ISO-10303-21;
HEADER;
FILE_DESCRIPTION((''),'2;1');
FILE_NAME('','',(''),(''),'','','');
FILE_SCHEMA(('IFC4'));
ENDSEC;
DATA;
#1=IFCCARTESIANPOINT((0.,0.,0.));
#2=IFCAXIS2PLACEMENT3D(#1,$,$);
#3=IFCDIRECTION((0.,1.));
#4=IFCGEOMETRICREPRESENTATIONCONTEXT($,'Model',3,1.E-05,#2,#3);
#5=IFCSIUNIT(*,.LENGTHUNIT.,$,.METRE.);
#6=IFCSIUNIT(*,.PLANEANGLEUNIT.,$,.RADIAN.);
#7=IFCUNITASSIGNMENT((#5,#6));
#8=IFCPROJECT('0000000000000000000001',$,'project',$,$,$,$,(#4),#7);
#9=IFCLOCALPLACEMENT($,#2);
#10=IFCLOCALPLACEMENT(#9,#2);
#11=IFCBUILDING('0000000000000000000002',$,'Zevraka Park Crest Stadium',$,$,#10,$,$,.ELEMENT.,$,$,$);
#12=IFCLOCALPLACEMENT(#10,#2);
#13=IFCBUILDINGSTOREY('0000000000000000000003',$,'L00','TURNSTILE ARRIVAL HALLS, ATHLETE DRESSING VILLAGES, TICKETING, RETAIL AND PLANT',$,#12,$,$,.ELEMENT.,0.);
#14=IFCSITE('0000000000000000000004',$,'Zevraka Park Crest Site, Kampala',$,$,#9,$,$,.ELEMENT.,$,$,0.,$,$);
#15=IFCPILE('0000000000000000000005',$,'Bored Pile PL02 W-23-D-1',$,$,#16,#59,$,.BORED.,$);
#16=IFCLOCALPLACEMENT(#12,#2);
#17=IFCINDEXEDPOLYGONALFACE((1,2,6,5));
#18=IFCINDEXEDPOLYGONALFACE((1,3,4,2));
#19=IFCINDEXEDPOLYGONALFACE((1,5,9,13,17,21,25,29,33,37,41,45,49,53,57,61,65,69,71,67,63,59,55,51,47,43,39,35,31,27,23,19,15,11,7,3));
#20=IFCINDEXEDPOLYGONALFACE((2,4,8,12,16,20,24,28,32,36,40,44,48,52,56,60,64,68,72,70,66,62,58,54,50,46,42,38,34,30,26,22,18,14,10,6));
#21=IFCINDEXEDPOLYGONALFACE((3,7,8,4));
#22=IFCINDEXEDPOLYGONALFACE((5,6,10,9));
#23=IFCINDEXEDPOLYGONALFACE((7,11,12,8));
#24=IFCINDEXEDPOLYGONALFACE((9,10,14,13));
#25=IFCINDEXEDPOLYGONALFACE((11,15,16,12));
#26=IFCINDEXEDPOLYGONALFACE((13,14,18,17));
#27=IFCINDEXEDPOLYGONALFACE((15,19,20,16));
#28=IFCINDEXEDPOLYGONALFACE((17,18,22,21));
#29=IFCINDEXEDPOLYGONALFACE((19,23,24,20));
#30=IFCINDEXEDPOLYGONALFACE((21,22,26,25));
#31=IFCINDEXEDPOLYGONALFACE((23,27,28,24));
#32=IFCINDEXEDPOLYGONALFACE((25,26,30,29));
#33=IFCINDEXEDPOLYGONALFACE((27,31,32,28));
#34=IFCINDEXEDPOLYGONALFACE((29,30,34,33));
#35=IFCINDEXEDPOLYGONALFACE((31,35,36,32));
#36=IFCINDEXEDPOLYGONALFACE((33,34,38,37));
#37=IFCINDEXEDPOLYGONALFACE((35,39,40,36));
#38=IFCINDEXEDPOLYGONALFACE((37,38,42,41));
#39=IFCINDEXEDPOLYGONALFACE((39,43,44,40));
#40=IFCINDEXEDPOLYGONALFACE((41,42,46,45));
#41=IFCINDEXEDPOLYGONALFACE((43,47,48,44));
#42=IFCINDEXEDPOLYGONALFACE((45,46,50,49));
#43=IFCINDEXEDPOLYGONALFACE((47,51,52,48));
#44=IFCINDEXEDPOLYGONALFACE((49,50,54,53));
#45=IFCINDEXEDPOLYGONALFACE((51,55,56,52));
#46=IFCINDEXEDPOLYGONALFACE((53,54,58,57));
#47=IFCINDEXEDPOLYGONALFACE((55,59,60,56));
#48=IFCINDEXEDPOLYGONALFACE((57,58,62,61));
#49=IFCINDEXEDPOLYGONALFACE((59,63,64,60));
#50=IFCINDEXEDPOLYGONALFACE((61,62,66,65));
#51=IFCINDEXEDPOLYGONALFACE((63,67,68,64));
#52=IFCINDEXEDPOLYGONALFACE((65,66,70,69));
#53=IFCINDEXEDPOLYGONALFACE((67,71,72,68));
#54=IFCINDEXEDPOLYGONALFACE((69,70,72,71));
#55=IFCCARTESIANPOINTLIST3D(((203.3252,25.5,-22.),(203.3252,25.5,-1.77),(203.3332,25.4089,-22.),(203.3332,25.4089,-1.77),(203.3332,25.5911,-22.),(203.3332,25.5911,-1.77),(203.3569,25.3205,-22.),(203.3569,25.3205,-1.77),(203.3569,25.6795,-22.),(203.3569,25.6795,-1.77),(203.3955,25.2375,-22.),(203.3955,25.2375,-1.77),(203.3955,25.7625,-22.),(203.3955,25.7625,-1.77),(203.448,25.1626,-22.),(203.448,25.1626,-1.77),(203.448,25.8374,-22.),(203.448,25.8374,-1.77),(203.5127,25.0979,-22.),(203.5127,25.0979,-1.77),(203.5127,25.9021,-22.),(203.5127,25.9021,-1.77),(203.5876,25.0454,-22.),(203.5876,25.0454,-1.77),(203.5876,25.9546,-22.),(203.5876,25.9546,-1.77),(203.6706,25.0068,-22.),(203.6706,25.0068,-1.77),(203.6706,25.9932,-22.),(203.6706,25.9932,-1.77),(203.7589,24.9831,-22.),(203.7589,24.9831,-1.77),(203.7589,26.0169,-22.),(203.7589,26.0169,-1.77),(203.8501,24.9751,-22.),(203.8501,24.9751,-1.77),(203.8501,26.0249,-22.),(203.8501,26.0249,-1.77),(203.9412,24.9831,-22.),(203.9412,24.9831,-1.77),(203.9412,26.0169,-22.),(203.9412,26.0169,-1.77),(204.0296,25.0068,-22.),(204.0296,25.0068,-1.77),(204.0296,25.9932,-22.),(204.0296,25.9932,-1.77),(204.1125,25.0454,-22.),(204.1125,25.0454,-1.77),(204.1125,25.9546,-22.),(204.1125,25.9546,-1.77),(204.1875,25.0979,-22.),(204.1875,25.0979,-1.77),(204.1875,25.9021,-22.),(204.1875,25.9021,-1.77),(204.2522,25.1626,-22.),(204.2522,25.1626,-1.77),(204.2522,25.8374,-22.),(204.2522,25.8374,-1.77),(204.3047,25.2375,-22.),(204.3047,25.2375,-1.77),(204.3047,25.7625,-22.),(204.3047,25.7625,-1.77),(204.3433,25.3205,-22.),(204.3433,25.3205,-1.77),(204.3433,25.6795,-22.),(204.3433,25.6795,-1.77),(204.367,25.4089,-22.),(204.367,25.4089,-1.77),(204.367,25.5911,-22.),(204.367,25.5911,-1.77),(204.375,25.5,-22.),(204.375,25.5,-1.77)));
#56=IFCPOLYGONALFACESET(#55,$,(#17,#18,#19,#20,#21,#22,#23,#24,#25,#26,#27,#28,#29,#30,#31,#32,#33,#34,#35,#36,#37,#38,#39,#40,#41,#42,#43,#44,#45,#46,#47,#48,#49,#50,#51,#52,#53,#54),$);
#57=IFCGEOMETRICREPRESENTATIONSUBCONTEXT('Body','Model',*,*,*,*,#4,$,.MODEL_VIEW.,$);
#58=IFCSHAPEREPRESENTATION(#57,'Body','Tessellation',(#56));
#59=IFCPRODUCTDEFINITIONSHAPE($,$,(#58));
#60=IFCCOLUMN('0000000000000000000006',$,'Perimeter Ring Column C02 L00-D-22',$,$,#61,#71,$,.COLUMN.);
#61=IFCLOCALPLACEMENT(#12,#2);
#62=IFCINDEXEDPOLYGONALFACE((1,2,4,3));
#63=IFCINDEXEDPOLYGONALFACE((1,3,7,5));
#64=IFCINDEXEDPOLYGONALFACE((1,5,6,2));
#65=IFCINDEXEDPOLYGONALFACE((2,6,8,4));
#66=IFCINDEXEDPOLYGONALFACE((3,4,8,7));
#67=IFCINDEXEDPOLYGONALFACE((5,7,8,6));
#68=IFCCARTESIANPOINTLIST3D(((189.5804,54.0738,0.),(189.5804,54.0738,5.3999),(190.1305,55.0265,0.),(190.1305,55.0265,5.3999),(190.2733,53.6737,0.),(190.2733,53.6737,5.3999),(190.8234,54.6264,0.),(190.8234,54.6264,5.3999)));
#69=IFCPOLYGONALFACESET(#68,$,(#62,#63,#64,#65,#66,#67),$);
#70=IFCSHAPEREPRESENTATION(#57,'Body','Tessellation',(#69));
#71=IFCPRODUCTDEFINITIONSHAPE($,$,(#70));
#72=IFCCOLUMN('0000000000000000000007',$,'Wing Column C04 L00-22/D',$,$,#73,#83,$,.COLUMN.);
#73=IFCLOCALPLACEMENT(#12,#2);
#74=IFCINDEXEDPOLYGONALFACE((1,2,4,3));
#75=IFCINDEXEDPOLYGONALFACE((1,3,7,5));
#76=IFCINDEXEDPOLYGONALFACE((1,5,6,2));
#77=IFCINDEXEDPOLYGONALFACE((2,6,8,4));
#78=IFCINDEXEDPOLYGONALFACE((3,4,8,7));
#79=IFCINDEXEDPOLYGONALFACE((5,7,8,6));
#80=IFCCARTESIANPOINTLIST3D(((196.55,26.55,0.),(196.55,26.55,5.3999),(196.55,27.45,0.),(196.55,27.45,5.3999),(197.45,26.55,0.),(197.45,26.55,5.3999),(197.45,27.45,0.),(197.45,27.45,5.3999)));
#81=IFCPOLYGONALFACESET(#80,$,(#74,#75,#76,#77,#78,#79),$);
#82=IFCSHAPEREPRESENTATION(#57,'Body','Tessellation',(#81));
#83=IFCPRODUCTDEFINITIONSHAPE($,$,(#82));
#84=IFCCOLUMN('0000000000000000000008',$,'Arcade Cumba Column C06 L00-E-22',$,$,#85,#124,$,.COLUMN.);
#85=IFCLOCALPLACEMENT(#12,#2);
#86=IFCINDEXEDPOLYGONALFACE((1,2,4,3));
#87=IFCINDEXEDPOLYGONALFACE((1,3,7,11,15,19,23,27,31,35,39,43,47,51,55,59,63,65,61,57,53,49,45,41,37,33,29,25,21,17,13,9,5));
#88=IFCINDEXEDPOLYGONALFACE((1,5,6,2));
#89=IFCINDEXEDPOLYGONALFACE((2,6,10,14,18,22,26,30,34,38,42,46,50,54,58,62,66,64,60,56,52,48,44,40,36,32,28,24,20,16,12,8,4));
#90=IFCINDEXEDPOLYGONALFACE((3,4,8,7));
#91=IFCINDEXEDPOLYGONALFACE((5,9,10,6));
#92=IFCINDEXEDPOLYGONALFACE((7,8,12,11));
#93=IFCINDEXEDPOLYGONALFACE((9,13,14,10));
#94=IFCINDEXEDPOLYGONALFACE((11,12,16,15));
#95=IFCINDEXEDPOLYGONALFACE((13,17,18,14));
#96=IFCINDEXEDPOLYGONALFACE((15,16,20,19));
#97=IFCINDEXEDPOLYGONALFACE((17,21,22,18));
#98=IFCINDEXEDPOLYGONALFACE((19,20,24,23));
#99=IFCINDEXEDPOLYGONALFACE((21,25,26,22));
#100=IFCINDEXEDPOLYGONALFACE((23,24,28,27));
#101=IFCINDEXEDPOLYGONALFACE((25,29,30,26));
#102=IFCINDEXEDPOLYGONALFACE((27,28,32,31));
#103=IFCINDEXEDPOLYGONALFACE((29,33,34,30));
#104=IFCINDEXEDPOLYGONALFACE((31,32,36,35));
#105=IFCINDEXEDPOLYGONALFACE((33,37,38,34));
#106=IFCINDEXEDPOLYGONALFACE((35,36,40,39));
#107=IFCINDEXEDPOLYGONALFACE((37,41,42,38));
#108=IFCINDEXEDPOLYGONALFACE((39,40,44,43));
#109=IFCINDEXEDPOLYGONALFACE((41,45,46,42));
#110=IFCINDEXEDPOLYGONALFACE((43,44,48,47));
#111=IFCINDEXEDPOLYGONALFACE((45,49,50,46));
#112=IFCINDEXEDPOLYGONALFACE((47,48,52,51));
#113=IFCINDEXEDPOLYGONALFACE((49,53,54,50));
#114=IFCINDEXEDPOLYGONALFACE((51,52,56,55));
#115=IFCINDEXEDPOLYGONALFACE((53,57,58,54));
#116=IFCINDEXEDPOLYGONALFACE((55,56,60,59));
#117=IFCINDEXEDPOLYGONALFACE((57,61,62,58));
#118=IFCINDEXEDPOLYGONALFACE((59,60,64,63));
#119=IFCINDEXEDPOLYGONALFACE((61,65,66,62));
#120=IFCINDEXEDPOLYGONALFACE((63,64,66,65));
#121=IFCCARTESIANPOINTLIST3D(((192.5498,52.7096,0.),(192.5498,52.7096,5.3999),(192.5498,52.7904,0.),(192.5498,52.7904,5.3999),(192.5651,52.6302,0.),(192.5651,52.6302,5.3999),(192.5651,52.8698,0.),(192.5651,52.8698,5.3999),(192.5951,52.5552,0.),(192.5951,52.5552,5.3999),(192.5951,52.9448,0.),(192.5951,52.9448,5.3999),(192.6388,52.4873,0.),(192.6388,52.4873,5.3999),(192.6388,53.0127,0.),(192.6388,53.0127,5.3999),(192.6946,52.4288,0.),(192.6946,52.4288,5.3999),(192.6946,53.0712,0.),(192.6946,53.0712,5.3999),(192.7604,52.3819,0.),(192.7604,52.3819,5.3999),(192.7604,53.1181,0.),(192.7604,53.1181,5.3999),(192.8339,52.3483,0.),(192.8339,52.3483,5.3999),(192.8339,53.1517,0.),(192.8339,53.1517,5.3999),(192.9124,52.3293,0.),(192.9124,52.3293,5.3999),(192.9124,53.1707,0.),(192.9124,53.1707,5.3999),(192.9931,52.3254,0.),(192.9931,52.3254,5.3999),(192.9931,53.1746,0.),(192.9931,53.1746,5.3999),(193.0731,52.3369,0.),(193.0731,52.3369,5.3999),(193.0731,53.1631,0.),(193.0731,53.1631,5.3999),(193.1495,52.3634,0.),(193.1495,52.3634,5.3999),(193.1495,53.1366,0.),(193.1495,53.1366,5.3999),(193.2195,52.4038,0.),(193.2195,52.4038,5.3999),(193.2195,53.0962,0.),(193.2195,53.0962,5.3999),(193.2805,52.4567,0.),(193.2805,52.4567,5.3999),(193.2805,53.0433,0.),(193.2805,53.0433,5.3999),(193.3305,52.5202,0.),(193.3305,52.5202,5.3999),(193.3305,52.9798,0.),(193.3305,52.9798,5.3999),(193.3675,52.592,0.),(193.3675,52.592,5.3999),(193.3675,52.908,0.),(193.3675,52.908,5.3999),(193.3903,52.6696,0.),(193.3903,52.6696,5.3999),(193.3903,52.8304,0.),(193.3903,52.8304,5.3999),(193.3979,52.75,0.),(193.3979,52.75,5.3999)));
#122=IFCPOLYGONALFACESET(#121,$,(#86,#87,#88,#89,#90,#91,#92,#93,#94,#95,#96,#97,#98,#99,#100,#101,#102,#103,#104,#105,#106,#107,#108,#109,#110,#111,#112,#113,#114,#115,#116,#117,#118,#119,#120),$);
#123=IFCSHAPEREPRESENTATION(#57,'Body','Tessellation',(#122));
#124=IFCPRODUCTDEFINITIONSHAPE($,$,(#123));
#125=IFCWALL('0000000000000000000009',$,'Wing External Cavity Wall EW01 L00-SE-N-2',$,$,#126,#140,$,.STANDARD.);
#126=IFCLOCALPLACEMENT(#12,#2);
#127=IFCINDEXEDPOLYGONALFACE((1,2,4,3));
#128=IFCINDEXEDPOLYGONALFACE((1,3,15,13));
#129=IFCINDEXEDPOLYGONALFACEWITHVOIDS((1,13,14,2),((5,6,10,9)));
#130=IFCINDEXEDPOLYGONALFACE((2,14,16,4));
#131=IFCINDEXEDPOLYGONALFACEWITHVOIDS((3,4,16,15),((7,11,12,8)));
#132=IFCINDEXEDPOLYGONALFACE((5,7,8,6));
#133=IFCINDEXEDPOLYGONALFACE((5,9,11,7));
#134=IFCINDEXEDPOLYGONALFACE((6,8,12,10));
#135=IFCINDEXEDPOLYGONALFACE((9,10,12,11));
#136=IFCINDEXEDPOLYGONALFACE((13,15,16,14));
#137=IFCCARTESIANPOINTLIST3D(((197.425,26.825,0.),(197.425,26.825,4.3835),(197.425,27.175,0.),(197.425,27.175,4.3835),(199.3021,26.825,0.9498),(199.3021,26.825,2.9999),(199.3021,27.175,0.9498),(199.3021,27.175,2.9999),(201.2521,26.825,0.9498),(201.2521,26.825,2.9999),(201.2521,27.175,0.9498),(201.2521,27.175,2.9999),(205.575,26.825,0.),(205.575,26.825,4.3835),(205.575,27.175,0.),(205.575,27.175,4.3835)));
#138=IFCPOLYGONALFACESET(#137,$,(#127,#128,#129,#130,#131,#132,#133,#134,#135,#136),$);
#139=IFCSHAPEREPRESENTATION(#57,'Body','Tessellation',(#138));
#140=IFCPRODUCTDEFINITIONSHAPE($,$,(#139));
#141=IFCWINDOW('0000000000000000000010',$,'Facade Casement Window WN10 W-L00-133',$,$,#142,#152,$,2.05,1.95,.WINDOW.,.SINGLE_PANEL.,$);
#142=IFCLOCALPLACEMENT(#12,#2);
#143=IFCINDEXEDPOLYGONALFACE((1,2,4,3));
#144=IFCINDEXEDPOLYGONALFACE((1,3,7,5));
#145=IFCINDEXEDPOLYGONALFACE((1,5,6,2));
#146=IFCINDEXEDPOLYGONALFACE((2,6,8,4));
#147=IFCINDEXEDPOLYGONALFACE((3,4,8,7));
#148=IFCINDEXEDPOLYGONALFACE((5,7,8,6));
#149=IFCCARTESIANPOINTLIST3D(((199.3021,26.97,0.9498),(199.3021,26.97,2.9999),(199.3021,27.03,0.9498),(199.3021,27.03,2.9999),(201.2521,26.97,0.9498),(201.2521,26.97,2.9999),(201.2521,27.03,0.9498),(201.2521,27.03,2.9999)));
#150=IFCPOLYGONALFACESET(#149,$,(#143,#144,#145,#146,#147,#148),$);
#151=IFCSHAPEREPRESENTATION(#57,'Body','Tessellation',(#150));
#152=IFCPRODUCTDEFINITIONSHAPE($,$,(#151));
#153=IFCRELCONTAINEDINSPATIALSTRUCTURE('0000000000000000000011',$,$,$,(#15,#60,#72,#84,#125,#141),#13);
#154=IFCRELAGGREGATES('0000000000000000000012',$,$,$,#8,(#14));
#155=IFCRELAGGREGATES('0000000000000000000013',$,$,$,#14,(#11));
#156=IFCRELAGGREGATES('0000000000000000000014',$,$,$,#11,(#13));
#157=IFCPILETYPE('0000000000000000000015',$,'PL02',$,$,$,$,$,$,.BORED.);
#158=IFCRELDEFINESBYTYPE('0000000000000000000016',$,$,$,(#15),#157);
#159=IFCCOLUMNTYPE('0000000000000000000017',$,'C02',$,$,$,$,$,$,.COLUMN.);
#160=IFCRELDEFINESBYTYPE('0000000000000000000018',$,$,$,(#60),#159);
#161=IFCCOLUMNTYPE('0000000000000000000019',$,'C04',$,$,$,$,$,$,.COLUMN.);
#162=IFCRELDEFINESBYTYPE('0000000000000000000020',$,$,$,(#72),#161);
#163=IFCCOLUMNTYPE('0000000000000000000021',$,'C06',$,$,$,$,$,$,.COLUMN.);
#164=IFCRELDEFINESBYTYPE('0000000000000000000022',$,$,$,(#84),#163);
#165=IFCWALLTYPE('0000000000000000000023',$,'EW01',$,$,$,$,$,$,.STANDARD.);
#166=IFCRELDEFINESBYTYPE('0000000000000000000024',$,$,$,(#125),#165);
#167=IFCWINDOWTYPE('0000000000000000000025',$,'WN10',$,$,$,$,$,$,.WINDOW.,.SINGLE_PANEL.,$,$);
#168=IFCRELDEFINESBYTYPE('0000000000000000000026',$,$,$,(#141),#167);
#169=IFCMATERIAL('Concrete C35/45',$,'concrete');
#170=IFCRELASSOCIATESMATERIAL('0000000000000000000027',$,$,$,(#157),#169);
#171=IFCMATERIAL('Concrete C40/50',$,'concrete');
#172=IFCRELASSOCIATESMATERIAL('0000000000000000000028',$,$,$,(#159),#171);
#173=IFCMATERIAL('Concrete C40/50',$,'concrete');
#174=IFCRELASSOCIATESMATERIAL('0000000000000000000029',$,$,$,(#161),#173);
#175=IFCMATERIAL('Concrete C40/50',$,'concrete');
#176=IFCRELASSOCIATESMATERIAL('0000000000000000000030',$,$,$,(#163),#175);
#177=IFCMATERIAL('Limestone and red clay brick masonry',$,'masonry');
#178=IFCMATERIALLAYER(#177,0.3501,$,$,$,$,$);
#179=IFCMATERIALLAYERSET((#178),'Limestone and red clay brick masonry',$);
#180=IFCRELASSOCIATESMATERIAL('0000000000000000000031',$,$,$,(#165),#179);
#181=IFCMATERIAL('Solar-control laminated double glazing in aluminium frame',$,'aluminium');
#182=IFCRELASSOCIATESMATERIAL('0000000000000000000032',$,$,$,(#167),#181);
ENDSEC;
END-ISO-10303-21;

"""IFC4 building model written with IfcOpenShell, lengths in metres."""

from ifc_helpers import new_model, si_unit, direction, frame, frame_2d, origin, origin_2d, place, context, subcontext, project, spatial, rectangle, circle, extrude, material, layer, layer_set, material_profile, profile_set, type_object, element, fill, save


model = new_model("IFC4")

# Units and contexts
model_context = context("Model", 3, precision=1e-05, world=origin(), true_north=direction((0.0, 1.0)))
body_context = subcontext(model_context, "Body", "Model", "MODEL_VIEW")
ifc_project = project(units=[si_unit("LENGTHUNIT", "METRE"), si_unit("PLANEANGLEUNIT", "RADIAN")], contexts=[model_context])

# Site, building, storey
site_placement = place(None, origin())
site = spatial("IfcSite", under=ifc_project, at=site_placement, Name="Zevraka Park Crest Site, Kampala", CompositionType="ELEMENT", RefElevation=0.0)
building_placement = place(site_placement, origin())
building = spatial("IfcBuilding", under=site, at=building_placement, Name="Zevraka Park Crest Stadium", CompositionType="ELEMENT")
storey_placement = place(building_placement, origin())
storey = spatial("IfcBuildingStorey", under=building, at=storey_placement, Name="L00", Description="TURNSTILE ARRIVAL HALLS, ATHLETE DRESSING VILLAGES, TICKETING, RETAIL AND PLANT", CompositionType="ELEMENT", Elevation=0.0)

# Pile
ifc_material_1 = material(Name="Concrete C35/45", Category="concrete")
ifc_material_profile_1 = material_profile(ifc_material_1, circle(Radius=0.5249, at=origin_2d()), Name="PILE D1050")
ifc_profile_set_1 = profile_set([ifc_material_profile_1], Name="Concrete C35/45")
pile_type_1 = type_object("IfcPileType", Name="PL02", PredefinedType="BORED", material=ifc_profile_set_1)
pile_placement = place(storey_placement, frame((203.8501, 25.5, -1.77), z_axis=(0.0, 0.0, -1.0), x_axis=(1.0, 0.0, 0.0)))
element("IfcPile", 1, at=pile_placement, inside=storey, type_object=pile_type_1, Name="Bored Pile PL02 W-23-D-1", PredefinedType="BORED", context=body_context, shape_type="SweptSolid", body=[
    extrude(circle(Radius=0.5249, at=origin_2d()), origin(), (0.0, 0.0, 1.0), 20.23),
])

# Columns
ifc_material_2 = material(Name="Concrete C40/50", Category="concrete")
ifc_material_profile_2 = material_profile(ifc_material_2, rectangle(XDim=0.8, YDim=1.1001, at=origin_2d()), Name="RC 1100x800")
ifc_profile_set_2 = profile_set([ifc_material_profile_2], Name="Concrete C40/50")
column_type_1 = type_object("IfcColumnType", Name="C02", PredefinedType="COLUMN", material=ifc_profile_set_2)
column_1_placement = place(storey_placement, frame((190.2019, 54.3501, 0.0), z_axis=(0.0, 0.0, 1.0), x_axis=(-0.866025, 0.5, 0.0)))
element("IfcColumn", 2, at=column_1_placement, inside=storey, type_object=column_type_1, Name="Perimeter Ring Column C02 L00-D-22", PredefinedType="COLUMN", context=body_context, shape_type="SweptSolid", body=[
    extrude(rectangle(XDim=0.8, YDim=1.1001, at=origin_2d()), origin(), (0.0, 0.0, 1.0), 5.3999),
])
ifc_material_3 = material(Name="Concrete C40/50", Category="concrete")
ifc_material_profile_3 = material_profile(ifc_material_3, rectangle(XDim=0.8999, YDim=0.8999, at=origin_2d()), Name="RC 900x900")
ifc_profile_set_3 = profile_set([ifc_material_profile_3], Name="Concrete C40/50")
column_type_2 = type_object("IfcColumnType", Name="C04", PredefinedType="COLUMN", material=ifc_profile_set_3)
column_2_placement = place(storey_placement, frame((197.0, 27.0, 0.0), z_axis=(0.0, 0.0, 1.0), x_axis=(1.0, 0.0, 0.0)))
element("IfcColumn", 3, at=column_2_placement, inside=storey, type_object=column_type_2, Name="Wing Column C04 L00-22/D", PredefinedType="COLUMN", context=body_context, shape_type="SweptSolid", body=[
    extrude(rectangle(XDim=0.8999, YDim=0.8999, at=origin_2d()), origin(), (0.0, 0.0, 1.0), 5.3999),
])
ifc_material_4 = material(Name="Concrete C40/50", Category="concrete")
ifc_material_profile_4 = material_profile(ifc_material_4, circle(Radius=0.425, at=origin_2d()), Name="RC D850")
ifc_profile_set_4 = profile_set([ifc_material_profile_4], Name="Concrete C40/50")
column_type_3 = type_object("IfcColumnType", Name="C06", PredefinedType="COLUMN", material=ifc_profile_set_4)
column_3_placement = place(storey_placement, frame((192.9729, 52.75, 0.0), z_axis=(0.0, 0.0, 1.0), x_axis=(1.0, 0.0, 0.0)))
element("IfcColumn", 4, at=column_3_placement, inside=storey, type_object=column_type_3, Name="Arcade Cumba Column C06 L00-E-22", PredefinedType="COLUMN", context=body_context, shape_type="SweptSolid", body=[
    extrude(circle(Radius=0.425, at=origin_2d()), origin(), (0.0, 0.0, 1.0), 5.3999),
])

# Shared definitions
ifc_material_5 = material(Name="Limestone and red clay brick masonry", Category="masonry")
ifc_layer = layer(ifc_material_5, 0.3501)
ifc_layer_set = layer_set([ifc_layer], Name="Limestone and red clay brick masonry")
wall_type = type_object("IfcWallType", Name="EW01", PredefinedType="STANDARD", material=ifc_layer_set)

# Wall, opening, window
wall_1_placement = place(storey_placement, frame((197.425, 27.0, 0.0), z_axis=(0.0, 0.0, 1.0), x_axis=(1.0, 0.0, 0.0)))
wall_1 = element("IfcWall", 5, at=wall_1_placement, inside=storey, type_object=wall_type, Name="Wing External Cavity Wall EW01 L00-SE-N-2", PredefinedType="STANDARD", context=body_context, shape_type="SweptSolid", body=[
    extrude(rectangle(XDim=8.1499, YDim=0.3501, at=frame_2d((4.075, 0.0))), origin(), (0.0, 0.0, 1.0), 4.3835),
])
opening_1_placement = place(wall_1_placement, frame((1.877, 0.0, 0.95)))
opening_1 = element("IfcOpeningElement", 6, at=opening_1_placement, cuts=wall_1, PredefinedType="OPENING", context=body_context, shape_type="SweptSolid", body=[
    extrude(rectangle(XDim=1.95, YDim=2.05, at=frame_2d((0.9751, 1.0249))), frame((0.0, 0.1851, 0.0), z_axis=(0.0, -1.0, 0.0), x_axis=(1.0, 0.0, 0.0)), (0.0, 0.0, 1.0), 0.3701),
])
ifc_material_6 = material(Name="Solar-control laminated double glazing in aluminium frame", Category="aluminium")
window_type = type_object("IfcWindowType", Name="WN10", PartitioningType="SINGLE_PANEL", PredefinedType="WINDOW", material=ifc_material_6)
window_placement = place(opening_1_placement, origin())
window = element("IfcWindow", 7, at=window_placement, inside=storey, type_object=window_type, Name="Facade Casement Window WN10 W-L00-133", OverallHeight=2.05, OverallWidth=1.95, PartitioningType="SINGLE_PANEL", PredefinedType="WINDOW", context=body_context, shape_type="SweptSolid", body=[
    extrude(rectangle(XDim=1.95, YDim=2.05, at=frame_2d((0.9751, 1.0249))), frame((0.0, 0.03, 0.0), z_axis=(0.0, -1.0, 0.0), x_axis=(1.0, 0.0, 0.0)), (0.0, 0.0, 1.0), 0.0601),
])
fill(opening_1, window)

save(model, "model.ifc")
